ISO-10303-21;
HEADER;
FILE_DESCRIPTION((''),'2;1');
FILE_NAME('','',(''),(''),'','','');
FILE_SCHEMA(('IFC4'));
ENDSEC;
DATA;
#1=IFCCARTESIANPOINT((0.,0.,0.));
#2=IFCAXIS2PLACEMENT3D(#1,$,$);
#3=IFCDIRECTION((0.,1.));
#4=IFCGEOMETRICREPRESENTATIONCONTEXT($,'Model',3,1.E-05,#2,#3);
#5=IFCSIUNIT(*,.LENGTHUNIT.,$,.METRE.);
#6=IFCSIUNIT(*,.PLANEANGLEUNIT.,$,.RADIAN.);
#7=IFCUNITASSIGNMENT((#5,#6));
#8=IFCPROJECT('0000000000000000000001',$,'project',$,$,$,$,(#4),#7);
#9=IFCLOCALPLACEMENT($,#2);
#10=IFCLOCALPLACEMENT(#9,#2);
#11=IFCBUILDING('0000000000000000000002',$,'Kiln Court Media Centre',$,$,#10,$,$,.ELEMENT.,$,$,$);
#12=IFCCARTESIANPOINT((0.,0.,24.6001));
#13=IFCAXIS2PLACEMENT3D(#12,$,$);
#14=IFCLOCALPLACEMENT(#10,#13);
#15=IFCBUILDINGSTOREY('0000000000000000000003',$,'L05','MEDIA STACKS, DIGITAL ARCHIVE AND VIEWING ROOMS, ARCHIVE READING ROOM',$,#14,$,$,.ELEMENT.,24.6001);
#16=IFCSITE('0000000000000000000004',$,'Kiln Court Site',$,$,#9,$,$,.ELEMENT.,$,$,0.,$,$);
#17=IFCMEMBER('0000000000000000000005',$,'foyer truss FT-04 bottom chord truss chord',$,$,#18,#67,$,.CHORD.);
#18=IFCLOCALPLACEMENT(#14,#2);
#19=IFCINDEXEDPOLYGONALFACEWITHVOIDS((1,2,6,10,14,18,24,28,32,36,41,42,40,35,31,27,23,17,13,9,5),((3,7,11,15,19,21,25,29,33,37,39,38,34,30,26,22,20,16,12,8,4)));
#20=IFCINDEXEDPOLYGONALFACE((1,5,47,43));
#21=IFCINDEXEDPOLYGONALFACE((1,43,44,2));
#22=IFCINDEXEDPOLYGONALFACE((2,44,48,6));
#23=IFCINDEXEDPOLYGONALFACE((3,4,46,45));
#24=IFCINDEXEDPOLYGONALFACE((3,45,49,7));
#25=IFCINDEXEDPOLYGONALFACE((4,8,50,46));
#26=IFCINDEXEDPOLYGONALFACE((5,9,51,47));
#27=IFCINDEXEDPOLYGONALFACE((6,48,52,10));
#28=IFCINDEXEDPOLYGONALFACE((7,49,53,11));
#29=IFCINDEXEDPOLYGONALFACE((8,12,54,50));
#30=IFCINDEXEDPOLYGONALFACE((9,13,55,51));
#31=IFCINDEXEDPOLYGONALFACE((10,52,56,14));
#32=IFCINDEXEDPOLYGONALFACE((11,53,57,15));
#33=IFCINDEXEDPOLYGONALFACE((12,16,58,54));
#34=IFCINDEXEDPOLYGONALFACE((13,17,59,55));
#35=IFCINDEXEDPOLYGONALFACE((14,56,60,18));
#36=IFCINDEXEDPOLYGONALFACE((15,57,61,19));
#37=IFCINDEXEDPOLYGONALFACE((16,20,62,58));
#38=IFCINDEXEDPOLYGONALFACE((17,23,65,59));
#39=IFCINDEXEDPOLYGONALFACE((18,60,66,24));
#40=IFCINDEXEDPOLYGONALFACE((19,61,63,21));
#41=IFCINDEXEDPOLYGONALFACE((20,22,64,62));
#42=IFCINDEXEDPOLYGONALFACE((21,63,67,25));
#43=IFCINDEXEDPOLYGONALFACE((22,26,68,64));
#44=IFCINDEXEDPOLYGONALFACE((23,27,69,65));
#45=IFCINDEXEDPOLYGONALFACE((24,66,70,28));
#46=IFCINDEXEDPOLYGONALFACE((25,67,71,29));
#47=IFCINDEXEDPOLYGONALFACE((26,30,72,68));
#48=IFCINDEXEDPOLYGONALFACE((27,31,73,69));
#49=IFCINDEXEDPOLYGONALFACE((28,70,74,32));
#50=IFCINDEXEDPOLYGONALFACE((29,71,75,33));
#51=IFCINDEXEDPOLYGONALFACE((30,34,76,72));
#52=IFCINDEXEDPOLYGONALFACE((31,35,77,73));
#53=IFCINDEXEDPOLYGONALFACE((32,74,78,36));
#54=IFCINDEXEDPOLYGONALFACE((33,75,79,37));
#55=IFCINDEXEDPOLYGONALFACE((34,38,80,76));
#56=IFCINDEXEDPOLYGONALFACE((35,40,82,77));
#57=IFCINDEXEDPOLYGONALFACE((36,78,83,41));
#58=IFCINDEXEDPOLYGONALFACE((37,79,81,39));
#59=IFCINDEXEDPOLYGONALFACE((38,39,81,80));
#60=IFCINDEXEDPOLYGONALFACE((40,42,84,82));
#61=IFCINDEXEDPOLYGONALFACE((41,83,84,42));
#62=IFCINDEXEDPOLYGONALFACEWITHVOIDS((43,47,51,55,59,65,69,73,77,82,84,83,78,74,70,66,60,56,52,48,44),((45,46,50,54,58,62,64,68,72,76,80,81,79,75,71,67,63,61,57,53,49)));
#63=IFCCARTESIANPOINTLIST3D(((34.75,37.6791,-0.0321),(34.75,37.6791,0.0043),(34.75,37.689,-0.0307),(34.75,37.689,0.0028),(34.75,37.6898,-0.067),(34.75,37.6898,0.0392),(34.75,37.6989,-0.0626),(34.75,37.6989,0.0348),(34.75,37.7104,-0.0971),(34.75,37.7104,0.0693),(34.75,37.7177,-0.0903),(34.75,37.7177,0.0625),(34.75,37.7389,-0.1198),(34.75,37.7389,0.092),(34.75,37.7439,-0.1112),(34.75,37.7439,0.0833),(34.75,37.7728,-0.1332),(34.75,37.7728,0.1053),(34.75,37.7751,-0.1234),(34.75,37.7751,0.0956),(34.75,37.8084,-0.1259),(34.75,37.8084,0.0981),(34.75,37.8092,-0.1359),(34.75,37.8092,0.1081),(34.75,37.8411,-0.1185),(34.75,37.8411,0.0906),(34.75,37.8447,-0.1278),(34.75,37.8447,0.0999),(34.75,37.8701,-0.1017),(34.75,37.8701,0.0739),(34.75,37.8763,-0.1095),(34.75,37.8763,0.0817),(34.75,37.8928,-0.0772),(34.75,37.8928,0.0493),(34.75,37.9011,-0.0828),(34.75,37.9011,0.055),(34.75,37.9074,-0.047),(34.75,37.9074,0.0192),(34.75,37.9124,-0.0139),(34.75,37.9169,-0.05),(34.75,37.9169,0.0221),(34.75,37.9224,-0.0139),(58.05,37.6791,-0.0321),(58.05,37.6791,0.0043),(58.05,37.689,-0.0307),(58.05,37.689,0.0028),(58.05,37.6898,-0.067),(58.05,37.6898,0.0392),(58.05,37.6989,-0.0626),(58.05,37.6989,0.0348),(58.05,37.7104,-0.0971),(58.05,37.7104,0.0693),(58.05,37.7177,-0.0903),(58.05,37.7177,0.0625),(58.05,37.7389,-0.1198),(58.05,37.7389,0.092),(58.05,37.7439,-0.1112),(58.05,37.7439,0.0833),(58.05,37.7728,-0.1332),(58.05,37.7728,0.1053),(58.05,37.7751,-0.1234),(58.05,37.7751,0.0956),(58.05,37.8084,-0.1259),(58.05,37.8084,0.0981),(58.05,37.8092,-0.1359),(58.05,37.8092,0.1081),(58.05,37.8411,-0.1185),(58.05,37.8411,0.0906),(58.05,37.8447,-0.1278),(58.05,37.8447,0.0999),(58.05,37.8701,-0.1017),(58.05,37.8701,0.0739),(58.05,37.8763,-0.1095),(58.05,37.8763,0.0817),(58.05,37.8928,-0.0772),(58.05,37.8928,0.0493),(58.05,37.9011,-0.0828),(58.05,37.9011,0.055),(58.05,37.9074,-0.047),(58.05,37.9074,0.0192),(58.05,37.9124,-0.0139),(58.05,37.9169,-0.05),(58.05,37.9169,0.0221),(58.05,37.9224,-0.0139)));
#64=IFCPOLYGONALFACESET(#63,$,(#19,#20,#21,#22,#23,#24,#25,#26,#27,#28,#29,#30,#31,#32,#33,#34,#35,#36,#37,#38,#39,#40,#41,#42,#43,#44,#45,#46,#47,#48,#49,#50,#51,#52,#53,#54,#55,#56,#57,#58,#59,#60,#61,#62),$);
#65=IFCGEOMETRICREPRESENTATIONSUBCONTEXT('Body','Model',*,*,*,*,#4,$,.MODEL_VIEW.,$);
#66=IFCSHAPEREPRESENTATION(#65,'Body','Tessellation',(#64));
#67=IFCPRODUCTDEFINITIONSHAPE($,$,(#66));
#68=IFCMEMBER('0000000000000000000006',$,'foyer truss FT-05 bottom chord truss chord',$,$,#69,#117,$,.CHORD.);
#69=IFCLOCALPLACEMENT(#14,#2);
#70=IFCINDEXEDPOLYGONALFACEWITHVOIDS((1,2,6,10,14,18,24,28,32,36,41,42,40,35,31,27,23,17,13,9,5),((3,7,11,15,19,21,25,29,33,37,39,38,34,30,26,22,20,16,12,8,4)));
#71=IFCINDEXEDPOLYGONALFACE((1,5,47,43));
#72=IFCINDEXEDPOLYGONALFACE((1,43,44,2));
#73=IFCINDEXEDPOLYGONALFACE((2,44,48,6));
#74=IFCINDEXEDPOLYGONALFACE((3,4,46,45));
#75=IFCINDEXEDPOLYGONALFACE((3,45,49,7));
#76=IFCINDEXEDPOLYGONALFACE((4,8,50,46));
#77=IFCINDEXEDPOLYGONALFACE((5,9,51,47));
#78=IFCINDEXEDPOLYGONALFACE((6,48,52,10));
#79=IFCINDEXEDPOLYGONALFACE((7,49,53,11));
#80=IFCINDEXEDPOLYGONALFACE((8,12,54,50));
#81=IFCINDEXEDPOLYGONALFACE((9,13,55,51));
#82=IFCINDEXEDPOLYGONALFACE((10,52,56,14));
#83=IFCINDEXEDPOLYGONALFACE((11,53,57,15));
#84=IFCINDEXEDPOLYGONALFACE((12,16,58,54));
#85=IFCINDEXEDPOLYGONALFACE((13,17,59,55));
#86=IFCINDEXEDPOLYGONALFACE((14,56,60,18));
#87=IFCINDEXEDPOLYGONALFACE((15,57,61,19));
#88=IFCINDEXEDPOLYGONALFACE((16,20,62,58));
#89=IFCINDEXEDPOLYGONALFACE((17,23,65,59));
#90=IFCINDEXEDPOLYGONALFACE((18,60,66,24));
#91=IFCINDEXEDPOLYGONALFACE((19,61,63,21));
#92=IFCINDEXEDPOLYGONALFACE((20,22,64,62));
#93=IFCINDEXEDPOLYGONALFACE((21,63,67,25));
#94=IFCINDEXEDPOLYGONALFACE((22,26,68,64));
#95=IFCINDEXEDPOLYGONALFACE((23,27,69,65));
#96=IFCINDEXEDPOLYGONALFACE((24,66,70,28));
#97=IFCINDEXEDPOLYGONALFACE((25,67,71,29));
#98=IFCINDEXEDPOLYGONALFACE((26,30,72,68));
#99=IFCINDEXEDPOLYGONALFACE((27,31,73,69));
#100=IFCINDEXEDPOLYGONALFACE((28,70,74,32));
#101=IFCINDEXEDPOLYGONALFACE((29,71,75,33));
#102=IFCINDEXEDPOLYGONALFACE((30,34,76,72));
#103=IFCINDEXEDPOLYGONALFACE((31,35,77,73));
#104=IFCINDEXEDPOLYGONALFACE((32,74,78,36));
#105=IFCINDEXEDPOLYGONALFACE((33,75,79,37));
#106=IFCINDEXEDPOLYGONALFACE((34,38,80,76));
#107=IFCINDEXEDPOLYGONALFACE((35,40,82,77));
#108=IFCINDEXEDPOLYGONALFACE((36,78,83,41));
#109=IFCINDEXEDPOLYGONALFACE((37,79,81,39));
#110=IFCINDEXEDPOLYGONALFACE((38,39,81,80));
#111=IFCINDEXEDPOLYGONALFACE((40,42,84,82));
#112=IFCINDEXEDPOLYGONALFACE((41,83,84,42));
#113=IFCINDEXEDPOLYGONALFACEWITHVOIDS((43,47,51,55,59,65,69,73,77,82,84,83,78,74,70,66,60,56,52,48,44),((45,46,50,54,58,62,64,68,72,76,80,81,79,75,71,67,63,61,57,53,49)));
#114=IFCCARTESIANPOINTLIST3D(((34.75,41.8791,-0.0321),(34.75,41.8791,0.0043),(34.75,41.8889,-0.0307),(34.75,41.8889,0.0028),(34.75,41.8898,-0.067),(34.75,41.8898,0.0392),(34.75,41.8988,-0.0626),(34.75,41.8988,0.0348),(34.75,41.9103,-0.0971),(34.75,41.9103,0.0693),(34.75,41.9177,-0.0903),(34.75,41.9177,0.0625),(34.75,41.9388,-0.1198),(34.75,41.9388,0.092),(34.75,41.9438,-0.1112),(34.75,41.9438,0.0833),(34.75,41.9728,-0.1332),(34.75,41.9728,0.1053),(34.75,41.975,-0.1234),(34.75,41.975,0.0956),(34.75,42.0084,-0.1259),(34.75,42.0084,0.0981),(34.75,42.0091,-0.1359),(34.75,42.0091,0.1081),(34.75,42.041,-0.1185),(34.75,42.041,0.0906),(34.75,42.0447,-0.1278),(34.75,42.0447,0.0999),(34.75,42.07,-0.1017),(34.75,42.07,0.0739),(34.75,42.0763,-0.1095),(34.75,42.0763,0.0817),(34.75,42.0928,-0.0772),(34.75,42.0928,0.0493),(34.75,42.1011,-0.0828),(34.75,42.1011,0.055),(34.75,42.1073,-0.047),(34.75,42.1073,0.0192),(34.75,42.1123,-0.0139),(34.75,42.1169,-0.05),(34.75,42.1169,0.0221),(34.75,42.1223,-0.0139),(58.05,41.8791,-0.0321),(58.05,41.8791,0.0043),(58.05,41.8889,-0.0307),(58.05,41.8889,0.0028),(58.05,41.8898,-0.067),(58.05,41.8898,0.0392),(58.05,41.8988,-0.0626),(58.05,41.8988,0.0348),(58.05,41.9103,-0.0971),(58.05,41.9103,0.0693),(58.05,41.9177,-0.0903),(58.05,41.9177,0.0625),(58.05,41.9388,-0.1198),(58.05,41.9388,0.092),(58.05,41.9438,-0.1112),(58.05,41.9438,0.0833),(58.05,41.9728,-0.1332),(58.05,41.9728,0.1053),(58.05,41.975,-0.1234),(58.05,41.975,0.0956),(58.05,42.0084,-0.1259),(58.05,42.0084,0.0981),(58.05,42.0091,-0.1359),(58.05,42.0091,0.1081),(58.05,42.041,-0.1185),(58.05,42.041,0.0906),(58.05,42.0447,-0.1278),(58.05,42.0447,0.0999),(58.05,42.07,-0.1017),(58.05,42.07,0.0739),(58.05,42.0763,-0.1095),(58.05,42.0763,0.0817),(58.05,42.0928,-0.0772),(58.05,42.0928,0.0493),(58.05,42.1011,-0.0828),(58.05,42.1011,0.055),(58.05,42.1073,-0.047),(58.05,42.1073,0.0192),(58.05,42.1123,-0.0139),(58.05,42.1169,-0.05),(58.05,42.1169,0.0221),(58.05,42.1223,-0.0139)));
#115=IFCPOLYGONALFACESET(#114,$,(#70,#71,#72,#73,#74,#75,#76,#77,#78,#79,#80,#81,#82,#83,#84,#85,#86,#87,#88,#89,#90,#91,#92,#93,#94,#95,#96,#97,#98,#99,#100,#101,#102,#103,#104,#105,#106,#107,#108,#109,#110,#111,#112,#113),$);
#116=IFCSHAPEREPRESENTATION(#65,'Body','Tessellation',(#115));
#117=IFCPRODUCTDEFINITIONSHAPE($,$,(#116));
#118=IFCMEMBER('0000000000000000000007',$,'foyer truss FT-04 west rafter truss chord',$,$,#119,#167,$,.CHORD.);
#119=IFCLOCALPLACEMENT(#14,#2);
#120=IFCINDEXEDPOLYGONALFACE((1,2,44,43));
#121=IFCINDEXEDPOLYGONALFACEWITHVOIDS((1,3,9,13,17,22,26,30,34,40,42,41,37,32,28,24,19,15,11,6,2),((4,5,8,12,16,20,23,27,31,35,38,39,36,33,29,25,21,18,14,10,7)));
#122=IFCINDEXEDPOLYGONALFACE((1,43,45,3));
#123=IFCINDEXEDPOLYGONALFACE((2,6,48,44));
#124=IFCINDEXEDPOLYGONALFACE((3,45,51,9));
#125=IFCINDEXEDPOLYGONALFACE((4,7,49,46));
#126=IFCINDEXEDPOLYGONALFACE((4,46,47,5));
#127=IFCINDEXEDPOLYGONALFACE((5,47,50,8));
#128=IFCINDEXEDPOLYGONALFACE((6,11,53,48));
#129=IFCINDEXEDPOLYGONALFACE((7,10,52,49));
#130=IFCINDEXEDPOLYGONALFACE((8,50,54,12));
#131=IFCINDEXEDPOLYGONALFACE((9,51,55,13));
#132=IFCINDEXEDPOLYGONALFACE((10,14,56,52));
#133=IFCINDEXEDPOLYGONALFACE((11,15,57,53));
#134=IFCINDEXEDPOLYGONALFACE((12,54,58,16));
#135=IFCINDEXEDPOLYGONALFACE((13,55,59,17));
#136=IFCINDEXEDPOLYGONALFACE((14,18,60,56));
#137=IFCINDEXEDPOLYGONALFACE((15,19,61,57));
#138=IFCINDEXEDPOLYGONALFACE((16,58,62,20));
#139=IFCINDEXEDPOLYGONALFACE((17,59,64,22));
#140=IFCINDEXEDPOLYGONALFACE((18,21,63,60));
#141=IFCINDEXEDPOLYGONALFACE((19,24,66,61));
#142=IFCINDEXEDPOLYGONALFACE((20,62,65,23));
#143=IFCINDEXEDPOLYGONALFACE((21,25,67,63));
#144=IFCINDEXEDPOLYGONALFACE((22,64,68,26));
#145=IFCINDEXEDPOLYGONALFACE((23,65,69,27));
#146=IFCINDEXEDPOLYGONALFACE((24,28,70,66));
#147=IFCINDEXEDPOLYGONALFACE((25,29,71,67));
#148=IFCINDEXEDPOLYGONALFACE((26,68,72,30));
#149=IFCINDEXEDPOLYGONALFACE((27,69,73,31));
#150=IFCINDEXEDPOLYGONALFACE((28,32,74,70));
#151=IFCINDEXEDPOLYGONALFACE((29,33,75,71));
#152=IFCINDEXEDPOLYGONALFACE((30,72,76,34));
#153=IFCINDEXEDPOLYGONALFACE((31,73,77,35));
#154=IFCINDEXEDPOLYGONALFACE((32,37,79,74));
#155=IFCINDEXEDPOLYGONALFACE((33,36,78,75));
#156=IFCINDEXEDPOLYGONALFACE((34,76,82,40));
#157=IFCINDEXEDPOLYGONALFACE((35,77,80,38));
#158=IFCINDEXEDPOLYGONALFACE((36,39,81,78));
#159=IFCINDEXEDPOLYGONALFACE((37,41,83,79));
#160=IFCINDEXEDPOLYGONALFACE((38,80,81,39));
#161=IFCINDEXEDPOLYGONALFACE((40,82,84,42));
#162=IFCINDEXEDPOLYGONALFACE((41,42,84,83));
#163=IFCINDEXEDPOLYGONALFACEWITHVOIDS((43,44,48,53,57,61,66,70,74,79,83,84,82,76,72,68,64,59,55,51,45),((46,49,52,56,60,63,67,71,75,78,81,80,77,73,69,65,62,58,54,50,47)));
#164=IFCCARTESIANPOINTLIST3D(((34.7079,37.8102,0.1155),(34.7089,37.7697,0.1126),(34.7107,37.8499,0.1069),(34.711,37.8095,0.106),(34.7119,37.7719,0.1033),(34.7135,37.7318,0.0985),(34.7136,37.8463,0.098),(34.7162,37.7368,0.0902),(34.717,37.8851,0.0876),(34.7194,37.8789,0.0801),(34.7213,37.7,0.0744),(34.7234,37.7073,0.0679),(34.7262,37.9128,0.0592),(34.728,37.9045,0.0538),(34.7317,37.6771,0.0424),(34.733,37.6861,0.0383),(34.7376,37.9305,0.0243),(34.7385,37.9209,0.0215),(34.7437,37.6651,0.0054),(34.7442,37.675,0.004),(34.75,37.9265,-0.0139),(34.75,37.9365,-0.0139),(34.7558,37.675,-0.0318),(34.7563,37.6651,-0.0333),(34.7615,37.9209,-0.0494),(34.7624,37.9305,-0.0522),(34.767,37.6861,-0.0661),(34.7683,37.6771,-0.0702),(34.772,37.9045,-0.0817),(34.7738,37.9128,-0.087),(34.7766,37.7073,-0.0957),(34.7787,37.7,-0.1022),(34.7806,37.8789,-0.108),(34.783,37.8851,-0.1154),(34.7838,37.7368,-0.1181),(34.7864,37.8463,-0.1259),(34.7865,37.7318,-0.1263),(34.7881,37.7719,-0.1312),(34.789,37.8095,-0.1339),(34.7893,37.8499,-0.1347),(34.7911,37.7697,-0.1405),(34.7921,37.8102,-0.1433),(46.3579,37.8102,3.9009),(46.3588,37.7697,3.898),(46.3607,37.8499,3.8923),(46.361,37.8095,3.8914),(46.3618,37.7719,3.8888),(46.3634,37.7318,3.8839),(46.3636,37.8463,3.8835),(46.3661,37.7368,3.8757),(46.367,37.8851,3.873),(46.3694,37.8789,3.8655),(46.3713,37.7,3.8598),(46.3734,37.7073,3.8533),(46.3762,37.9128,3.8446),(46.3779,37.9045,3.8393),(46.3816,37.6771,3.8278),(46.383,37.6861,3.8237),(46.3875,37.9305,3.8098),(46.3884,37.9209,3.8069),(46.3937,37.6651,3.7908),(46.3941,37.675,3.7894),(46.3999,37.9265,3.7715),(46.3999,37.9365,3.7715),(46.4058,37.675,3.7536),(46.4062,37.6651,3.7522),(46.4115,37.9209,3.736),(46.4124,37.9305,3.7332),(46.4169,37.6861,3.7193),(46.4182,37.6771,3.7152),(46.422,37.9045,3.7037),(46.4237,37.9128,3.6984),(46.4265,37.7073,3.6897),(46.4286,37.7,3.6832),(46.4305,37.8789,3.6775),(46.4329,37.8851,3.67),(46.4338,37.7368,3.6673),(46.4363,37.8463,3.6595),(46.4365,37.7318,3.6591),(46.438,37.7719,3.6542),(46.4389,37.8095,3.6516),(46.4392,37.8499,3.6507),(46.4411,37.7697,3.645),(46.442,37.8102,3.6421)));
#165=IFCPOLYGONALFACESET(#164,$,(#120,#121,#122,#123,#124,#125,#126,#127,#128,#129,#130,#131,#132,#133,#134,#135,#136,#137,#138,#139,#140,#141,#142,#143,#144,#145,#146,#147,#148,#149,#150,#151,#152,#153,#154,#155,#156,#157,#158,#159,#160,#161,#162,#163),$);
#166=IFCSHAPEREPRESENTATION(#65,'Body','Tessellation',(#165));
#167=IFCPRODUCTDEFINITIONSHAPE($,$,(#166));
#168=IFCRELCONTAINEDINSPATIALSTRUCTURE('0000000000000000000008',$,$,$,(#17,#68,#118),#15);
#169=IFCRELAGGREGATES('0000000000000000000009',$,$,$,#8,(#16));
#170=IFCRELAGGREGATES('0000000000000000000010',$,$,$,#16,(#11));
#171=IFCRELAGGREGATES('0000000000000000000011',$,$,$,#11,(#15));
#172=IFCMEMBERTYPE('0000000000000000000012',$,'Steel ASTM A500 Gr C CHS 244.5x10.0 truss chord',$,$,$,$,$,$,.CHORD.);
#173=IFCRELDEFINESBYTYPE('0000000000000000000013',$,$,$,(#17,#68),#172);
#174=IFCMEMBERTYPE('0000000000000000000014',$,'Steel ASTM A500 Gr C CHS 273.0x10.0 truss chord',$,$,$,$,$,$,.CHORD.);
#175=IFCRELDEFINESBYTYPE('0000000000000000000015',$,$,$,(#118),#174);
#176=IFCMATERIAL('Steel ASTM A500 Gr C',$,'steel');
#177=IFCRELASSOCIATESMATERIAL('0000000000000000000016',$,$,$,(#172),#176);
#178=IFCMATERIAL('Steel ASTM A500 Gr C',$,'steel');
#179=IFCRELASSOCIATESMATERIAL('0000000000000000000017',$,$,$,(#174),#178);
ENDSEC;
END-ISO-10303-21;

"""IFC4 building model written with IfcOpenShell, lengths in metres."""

from ifc_helpers import new_model, si_unit, direction, frame, origin, origin_2d, place, context, subcontext, project, spatial, hollow_circle, extrude, material, material_profile, profile_set, type_object, element, save


model = new_model("IFC4")

# Units and contexts
model_context = context("Model", 3, precision=1e-05, world=origin(), true_north=direction((0.0, 1.0)))
body_context = subcontext(model_context, "Body", "Model", "MODEL_VIEW")
ifc_project = project(units=[si_unit("LENGTHUNIT", "METRE"), si_unit("PLANEANGLEUNIT", "RADIAN")], contexts=[model_context])

# Site, building, storey
site_placement = place(None, origin())
site = spatial("IfcSite", under=ifc_project, at=site_placement, Name="Kiln Court Site", CompositionType="ELEMENT", RefElevation=0.0)
building_placement = place(site_placement, origin())
building = spatial("IfcBuilding", under=site, at=building_placement, Name="Kiln Court Media Centre", CompositionType="ELEMENT")
storey_placement = place(building_placement, frame((0.0, 0.0, 24.6001)))
storey = spatial("IfcBuildingStorey", under=building, at=storey_placement, Name="L05", Description="MEDIA STACKS, DIGITAL ARCHIVE AND VIEWING ROOMS, ARCHIVE READING ROOM", CompositionType="ELEMENT", Elevation=24.6001)

# Members
ifc_material_1 = material(Name="Steel ASTM A500 Gr C", Category="steel")
ifc_material_profile_1 = material_profile(ifc_material_1, hollow_circle(Radius=0.1223, WallThickness=0.01, at=origin_2d()), Name="CHS 244.5x10.0")
ifc_profile_set_1 = profile_set([ifc_material_profile_1], Name="Steel ASTM A500 Gr C")
member_type_1 = type_object("IfcMemberType", Name="Steel ASTM A500 Gr C CHS 244.5x10.0 truss chord", PredefinedType="CHORD", material=ifc_profile_set_1)
for number, where, z_axis, x_axis, name in (
    (1, (34.75, 37.8, -0.0139), (1.0, 0.0, 0.0), (0.0, 1.0, 0.0), "foyer truss FT-04 bottom chord truss chord"),
    (2, (34.75, 42.0, -0.0139), (1.0, 0.0, 0.0), (0.0, 1.0, 0.0), "foyer truss FT-05 bottom chord truss chord"),
):
    element("IfcMember", number, at=place(storey_placement, frame(where, z_axis=z_axis, x_axis=x_axis)), inside=storey, type_object=member_type_1, Name=name, PredefinedType="CHORD", context=body_context, shape_type="SweptSolid", body=[
        extrude(hollow_circle(Radius=0.1223, WallThickness=0.01, at=origin_2d()), origin(), (0.0, 0.0, 1.0), 23.3),
    ])
ifc_material_2 = material(Name="Steel ASTM A500 Gr C", Category="steel")
ifc_material_profile_2 = material_profile(ifc_material_2, hollow_circle(Radius=0.1365, WallThickness=0.01, at=origin_2d()), Name="CHS 273.0x10.0")
ifc_profile_set_2 = profile_set([ifc_material_profile_2], Name="Steel ASTM A500 Gr C")
member_type_2 = type_object("IfcMemberType", Name="Steel ASTM A500 Gr C CHS 273.0x10.0 truss chord", PredefinedType="CHORD", material=ifc_profile_set_2)
for number, where, z_axis, x_axis, name in (
    (3, (34.75, 37.8, -0.0139), (0.951054, 0.0, 0.309026), (0.0, 1.0, 0.0), "foyer truss FT-04 west rafter truss chord"),
):
    element("IfcMember", number, at=place(storey_placement, frame(where, z_axis=z_axis, x_axis=x_axis)), inside=storey, type_object=member_type_2, Name=name, PredefinedType="CHORD", context=body_context, shape_type="SweptSolid", body=[
        extrude(hollow_circle(Radius=0.1365, WallThickness=0.01, at=origin_2d()), origin(), (0.0, 0.0, 1.0), 12.2495),
    ])

save(model, "model.ifc")
